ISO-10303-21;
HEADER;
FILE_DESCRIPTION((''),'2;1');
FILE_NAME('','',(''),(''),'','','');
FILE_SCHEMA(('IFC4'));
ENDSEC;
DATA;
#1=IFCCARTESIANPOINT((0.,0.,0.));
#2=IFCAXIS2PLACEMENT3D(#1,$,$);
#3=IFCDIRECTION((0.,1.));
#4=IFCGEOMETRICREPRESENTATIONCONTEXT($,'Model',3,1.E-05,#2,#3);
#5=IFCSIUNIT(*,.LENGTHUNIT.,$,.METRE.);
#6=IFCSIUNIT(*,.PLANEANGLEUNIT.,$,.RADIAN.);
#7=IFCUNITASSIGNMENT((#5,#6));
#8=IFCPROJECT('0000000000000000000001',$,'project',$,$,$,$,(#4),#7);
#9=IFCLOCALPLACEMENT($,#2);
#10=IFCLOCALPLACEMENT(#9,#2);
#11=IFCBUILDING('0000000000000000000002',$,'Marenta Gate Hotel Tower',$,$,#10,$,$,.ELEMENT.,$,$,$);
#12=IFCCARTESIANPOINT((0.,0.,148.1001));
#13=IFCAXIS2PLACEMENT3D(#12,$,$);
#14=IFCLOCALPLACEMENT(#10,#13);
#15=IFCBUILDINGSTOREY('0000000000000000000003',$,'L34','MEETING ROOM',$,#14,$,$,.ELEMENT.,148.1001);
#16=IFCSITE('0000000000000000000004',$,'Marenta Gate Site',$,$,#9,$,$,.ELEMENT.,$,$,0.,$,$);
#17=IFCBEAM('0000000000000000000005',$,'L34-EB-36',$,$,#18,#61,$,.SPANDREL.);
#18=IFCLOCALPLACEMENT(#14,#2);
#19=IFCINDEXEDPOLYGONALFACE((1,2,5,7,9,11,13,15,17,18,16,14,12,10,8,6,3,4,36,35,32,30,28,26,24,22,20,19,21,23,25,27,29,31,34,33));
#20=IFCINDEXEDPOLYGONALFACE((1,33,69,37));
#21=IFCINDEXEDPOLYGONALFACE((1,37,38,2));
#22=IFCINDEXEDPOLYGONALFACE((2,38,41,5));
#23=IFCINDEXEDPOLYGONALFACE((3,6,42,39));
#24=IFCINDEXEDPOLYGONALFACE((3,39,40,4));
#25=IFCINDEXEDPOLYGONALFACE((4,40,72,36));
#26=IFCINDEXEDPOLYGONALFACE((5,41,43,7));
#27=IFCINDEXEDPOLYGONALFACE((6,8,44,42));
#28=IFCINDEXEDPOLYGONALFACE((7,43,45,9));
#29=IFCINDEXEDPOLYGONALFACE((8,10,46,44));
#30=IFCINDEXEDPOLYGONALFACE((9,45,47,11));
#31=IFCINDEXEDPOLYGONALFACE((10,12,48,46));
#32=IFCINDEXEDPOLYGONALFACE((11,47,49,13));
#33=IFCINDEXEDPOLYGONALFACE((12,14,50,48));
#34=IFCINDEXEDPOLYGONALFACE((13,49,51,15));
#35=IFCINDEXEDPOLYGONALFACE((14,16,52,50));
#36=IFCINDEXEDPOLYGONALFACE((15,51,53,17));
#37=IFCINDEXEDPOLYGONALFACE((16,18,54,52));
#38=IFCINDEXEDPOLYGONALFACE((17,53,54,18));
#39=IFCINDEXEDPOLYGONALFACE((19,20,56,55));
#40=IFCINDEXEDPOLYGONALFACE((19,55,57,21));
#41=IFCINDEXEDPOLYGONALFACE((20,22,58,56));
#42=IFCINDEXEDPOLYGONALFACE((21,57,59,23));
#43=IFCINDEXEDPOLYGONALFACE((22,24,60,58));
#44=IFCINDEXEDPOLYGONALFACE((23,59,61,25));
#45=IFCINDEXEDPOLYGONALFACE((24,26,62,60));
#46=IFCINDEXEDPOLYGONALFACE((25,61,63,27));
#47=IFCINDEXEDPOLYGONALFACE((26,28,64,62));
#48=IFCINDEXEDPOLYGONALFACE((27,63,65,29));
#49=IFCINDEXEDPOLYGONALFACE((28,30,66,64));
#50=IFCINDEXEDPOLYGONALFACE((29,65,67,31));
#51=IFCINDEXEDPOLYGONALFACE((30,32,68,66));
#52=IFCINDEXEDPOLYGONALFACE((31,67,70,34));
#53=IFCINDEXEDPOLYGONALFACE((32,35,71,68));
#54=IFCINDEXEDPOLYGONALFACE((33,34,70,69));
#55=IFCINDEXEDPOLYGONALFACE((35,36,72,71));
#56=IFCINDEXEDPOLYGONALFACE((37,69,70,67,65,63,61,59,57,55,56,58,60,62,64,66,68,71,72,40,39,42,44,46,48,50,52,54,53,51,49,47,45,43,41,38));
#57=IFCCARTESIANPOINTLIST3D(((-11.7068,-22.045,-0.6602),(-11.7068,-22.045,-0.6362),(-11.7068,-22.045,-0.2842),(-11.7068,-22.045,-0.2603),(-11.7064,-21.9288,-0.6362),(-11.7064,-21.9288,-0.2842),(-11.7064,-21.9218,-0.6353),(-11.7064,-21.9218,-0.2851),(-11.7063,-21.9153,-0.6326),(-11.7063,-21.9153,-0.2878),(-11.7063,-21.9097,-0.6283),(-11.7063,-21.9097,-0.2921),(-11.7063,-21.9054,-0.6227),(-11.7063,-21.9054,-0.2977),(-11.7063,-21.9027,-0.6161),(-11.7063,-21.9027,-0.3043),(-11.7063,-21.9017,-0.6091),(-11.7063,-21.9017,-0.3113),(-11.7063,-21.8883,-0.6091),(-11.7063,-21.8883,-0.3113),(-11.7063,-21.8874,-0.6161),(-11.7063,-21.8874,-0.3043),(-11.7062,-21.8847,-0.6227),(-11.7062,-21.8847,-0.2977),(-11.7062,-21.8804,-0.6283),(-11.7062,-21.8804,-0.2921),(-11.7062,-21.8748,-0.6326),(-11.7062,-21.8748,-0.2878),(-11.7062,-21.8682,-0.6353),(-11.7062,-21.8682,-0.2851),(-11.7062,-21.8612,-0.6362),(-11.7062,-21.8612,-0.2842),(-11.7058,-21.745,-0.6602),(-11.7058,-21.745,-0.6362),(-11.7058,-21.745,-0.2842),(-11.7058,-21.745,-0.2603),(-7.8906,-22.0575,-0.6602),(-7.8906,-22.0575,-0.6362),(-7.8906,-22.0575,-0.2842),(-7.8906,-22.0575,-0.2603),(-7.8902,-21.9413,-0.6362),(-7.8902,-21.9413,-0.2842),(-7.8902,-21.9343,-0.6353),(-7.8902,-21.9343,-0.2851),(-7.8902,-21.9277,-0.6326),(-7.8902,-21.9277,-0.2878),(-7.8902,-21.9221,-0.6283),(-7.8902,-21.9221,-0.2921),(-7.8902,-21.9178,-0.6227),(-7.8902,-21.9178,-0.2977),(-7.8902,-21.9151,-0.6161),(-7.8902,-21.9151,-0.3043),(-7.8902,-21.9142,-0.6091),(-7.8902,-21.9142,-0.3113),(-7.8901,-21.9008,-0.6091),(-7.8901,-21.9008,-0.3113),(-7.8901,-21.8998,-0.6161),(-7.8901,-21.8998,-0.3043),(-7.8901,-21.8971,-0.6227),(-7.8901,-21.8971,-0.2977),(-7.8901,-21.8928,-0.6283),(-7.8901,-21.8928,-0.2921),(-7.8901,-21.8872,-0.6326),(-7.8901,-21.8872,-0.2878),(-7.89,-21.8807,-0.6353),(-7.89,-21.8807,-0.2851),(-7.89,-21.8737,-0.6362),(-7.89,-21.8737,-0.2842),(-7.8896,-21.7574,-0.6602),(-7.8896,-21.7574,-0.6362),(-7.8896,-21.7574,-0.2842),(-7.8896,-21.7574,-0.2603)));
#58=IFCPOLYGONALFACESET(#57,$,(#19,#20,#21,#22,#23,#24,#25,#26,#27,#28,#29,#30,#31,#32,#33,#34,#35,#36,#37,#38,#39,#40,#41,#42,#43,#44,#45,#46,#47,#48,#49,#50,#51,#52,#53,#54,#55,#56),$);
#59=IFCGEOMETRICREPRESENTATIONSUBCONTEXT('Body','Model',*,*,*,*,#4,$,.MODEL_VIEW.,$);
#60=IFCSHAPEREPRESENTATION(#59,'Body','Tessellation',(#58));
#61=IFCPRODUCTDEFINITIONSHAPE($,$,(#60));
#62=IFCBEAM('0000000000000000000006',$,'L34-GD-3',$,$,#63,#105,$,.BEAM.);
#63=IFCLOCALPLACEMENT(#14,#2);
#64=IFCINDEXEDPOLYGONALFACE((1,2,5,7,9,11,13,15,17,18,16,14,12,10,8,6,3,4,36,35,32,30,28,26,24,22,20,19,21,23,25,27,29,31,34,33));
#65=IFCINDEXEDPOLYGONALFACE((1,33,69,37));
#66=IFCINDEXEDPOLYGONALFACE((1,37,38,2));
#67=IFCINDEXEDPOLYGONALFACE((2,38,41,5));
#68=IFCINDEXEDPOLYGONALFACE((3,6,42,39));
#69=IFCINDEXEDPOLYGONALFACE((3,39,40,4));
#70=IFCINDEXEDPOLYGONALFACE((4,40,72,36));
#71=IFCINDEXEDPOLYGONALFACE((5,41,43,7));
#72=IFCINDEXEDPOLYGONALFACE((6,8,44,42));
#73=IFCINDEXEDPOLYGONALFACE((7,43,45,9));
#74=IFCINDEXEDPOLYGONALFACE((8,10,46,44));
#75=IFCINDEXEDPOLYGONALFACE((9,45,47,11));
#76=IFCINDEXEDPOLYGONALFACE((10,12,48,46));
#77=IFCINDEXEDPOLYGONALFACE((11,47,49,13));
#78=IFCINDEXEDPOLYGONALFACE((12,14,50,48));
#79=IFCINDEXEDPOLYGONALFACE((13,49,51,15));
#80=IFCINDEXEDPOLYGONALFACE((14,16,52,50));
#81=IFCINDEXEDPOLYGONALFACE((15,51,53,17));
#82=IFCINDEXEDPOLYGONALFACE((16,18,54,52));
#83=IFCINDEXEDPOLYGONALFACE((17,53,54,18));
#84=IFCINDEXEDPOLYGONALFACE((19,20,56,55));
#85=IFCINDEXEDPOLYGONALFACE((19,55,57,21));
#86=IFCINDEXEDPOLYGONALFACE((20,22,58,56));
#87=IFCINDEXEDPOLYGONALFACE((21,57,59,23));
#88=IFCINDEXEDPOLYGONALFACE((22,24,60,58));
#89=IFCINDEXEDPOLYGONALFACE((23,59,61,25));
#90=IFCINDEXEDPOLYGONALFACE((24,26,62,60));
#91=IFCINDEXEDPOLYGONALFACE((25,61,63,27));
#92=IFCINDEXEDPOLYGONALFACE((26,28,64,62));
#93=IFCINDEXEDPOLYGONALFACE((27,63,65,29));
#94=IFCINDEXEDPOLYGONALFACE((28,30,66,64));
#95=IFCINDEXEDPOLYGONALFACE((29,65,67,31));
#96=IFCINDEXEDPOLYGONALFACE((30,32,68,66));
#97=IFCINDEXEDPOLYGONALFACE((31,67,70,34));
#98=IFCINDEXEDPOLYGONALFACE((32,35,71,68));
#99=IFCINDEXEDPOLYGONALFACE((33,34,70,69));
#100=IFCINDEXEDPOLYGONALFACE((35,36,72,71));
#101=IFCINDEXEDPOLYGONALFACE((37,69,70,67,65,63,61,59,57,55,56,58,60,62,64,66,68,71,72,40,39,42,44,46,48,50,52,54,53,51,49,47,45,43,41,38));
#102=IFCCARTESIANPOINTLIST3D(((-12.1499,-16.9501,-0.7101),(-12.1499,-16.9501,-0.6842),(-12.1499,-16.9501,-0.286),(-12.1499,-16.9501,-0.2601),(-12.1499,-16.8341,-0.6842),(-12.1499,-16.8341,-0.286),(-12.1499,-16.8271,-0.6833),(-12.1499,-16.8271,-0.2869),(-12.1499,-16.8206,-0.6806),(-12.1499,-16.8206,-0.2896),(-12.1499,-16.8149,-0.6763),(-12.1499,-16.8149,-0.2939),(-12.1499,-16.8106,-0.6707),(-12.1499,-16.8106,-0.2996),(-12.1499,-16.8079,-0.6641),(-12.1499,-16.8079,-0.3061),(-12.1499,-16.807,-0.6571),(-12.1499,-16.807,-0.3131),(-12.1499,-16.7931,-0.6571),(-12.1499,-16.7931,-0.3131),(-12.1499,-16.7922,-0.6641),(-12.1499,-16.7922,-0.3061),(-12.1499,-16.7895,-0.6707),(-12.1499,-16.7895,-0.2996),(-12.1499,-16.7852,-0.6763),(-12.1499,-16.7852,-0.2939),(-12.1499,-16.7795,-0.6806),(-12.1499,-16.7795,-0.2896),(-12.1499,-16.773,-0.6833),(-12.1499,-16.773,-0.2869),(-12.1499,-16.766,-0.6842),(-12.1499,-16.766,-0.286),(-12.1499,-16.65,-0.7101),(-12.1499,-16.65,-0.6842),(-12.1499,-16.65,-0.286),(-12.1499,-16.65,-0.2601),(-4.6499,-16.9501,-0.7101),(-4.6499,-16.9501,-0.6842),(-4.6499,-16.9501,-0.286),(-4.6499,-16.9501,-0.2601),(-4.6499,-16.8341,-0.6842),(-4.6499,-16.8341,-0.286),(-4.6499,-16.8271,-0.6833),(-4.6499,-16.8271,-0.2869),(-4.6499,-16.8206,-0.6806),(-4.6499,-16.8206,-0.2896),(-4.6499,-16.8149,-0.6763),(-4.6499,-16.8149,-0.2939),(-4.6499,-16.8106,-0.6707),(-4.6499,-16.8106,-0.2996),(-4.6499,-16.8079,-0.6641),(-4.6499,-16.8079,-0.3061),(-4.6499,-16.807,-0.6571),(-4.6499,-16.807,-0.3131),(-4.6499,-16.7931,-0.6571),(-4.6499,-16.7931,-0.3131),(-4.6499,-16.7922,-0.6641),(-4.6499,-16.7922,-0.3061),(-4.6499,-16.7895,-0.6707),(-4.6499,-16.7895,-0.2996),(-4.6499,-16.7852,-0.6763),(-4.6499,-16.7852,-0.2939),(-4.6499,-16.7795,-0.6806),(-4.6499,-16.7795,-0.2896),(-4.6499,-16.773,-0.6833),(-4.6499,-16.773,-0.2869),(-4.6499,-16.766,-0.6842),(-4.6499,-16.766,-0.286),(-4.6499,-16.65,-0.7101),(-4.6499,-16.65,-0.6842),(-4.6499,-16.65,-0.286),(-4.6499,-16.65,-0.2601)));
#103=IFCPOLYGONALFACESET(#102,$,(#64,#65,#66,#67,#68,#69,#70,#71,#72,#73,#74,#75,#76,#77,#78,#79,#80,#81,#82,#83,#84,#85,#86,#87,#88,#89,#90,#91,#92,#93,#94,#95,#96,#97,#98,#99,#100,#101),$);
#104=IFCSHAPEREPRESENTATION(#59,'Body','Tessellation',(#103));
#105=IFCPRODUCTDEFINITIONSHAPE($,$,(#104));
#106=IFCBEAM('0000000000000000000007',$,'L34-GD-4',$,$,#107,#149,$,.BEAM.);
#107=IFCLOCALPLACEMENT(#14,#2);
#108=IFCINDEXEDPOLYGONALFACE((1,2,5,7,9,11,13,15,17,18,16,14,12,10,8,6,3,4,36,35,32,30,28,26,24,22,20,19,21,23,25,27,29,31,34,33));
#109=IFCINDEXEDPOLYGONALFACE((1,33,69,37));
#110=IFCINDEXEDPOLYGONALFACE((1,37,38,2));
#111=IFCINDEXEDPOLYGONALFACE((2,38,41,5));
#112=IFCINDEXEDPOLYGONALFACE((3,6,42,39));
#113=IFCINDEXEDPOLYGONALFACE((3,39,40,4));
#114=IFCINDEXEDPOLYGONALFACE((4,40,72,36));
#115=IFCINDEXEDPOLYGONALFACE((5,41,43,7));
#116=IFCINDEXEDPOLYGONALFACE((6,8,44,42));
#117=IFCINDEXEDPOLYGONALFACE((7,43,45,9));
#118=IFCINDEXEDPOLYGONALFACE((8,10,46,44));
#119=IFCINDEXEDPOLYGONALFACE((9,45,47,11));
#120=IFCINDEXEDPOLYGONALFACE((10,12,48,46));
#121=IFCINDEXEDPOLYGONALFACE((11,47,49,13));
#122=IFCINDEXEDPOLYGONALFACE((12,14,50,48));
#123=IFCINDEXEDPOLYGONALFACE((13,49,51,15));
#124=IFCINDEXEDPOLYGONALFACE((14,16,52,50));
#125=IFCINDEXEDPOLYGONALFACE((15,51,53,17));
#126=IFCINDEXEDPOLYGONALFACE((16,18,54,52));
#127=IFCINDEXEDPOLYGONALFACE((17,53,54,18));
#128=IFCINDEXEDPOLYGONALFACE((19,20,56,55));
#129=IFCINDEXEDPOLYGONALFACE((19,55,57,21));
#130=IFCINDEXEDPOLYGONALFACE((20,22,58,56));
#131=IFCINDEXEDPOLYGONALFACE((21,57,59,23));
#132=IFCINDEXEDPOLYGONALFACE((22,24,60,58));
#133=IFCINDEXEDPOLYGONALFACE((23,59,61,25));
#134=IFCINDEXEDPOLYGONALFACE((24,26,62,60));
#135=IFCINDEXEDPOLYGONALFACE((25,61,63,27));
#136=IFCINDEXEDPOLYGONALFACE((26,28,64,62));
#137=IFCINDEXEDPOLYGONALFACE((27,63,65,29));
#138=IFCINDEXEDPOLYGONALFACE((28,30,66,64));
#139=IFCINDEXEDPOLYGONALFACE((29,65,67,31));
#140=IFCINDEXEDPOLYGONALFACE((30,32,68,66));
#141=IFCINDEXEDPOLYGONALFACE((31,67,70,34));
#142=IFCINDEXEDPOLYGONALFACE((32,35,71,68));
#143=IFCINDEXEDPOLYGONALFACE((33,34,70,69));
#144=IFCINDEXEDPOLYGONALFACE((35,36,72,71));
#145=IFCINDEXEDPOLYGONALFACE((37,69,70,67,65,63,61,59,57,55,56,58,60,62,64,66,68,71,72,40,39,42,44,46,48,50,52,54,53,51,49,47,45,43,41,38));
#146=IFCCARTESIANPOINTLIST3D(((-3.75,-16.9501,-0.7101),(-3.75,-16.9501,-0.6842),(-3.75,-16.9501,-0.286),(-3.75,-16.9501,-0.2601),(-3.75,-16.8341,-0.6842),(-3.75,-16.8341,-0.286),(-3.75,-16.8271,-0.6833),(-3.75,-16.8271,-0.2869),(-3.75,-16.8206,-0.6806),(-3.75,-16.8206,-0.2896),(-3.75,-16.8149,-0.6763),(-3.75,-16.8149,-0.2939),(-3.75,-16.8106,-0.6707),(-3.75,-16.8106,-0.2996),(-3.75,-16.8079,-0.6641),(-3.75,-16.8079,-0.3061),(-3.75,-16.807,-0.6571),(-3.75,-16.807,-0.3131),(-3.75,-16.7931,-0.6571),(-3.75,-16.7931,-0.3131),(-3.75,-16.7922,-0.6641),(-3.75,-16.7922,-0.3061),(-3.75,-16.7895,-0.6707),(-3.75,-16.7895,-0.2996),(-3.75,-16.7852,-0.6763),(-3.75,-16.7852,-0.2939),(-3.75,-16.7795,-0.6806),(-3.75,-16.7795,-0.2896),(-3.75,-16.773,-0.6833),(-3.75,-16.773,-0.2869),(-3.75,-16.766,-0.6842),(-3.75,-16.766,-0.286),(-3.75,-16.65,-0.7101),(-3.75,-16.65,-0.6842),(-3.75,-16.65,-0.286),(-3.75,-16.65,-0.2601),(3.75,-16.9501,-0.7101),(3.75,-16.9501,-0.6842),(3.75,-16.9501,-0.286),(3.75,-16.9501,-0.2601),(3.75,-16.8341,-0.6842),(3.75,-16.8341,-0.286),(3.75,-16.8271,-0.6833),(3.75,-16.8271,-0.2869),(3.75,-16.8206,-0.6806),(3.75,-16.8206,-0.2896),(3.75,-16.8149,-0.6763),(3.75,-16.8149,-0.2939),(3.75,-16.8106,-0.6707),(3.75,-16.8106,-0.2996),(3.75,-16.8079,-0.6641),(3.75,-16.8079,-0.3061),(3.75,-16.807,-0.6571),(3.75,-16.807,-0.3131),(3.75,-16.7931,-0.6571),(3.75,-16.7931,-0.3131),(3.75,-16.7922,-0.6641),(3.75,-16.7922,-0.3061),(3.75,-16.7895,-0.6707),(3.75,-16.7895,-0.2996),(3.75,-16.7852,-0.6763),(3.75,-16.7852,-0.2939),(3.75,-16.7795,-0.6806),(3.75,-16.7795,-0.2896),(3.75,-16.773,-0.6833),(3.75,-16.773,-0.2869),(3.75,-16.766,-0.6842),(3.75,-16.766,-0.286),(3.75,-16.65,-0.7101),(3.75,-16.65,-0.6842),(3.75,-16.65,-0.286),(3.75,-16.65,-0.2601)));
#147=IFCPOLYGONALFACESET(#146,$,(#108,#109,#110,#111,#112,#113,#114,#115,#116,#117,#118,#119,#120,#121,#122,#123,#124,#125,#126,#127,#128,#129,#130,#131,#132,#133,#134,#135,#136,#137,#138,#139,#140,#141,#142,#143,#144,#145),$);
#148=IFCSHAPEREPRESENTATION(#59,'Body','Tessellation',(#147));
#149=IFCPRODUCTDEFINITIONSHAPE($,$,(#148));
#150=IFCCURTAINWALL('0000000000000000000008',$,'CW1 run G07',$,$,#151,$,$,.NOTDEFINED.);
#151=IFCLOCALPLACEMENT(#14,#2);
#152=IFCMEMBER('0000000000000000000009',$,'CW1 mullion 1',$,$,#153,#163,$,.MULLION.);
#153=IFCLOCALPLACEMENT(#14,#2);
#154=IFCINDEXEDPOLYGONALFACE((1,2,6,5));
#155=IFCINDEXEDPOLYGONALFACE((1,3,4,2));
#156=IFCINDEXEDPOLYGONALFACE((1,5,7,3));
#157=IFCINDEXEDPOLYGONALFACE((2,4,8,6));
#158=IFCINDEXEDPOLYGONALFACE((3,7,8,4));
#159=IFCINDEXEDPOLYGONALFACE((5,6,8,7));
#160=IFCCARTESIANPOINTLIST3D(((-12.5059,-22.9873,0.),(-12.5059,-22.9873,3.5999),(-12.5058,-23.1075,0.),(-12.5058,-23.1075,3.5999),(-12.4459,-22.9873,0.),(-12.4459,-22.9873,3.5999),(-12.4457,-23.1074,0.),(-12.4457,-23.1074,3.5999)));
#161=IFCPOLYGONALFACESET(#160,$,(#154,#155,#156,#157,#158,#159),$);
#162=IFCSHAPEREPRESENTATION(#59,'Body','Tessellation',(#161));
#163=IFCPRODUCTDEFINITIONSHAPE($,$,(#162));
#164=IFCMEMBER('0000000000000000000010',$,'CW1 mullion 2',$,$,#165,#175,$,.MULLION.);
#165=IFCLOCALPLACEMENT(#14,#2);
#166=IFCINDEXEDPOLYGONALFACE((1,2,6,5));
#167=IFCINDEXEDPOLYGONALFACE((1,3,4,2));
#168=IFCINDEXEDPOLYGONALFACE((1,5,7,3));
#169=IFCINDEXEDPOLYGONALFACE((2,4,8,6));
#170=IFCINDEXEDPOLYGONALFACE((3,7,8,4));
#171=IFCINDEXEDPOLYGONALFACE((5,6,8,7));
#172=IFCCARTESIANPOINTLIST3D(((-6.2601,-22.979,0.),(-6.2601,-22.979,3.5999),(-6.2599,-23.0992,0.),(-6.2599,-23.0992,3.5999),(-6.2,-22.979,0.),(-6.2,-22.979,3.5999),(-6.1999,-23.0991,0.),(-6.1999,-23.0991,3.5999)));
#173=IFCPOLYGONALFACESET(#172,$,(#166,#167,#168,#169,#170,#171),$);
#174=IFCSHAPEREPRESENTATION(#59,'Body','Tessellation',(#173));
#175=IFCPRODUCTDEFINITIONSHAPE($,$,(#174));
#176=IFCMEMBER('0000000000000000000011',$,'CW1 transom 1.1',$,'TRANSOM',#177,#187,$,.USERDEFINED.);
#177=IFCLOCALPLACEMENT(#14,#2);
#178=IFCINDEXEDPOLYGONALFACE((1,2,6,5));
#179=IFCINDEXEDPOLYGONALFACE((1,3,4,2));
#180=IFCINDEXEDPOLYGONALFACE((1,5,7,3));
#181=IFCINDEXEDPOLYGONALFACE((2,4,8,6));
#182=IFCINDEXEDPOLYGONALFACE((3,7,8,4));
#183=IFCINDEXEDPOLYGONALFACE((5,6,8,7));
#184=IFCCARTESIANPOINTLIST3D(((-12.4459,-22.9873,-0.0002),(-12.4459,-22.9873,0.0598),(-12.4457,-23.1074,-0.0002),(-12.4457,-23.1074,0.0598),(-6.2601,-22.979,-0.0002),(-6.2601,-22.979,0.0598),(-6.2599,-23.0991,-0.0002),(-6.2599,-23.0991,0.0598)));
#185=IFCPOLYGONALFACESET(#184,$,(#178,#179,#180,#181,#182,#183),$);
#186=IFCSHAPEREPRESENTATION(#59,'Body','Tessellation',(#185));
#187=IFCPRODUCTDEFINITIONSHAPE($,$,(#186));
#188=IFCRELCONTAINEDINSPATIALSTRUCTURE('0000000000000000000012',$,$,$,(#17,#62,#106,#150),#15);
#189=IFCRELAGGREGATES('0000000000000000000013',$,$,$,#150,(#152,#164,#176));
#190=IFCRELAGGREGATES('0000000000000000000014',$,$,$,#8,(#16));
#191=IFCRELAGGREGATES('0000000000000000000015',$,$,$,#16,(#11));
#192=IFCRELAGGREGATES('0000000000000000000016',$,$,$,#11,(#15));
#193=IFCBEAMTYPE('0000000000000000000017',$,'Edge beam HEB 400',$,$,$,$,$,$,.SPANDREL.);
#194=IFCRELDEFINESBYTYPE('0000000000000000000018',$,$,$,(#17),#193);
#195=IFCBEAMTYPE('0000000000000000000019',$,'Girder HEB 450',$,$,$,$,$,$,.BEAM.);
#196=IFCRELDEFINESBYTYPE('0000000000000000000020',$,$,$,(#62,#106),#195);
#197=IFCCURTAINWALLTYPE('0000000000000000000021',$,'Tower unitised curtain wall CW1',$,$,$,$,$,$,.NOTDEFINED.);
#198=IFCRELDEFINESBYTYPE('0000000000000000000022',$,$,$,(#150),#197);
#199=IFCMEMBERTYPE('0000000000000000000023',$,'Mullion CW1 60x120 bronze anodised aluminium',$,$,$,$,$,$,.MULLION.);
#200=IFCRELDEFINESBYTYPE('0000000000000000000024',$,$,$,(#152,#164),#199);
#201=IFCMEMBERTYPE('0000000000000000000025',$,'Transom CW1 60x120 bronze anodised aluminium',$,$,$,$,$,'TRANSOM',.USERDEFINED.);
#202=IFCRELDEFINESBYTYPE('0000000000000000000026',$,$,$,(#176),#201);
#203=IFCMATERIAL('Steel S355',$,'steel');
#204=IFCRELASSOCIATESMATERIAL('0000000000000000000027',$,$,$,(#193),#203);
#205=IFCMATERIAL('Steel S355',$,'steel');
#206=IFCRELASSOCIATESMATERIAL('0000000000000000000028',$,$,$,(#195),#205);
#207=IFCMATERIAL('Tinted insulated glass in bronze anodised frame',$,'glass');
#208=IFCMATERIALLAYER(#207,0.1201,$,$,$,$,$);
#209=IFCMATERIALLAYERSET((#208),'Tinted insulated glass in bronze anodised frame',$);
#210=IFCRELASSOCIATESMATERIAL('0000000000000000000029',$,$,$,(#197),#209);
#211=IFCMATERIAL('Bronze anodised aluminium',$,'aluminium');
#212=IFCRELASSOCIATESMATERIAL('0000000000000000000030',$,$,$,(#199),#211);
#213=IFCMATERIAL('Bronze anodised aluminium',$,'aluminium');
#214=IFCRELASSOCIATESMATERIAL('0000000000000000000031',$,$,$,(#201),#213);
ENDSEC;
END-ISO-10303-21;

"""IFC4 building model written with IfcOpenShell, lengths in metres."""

from ifc_helpers import new_model, si_unit, direction, frame, origin, origin_2d, place, context, subcontext, project, spatial, rectangle, i_section, extrude, material, layer, layer_set, material_profile, profile_set, type_object, element, aggregate, save


model = new_model("IFC4")

# Units and contexts
model_context = context("Model", 3, precision=1e-05, world=origin(), true_north=direction((0.0, 1.0)))
body_context = subcontext(model_context, "Body", "Model", "MODEL_VIEW")
ifc_project = project(units=[si_unit("LENGTHUNIT", "METRE"), si_unit("PLANEANGLEUNIT", "RADIAN")], contexts=[model_context])

# Site, building, storey
site_placement = place(None, origin())
site = spatial("IfcSite", under=ifc_project, at=site_placement, Name="Marenta Gate Site", CompositionType="ELEMENT", RefElevation=0.0)
building_placement = place(site_placement, origin())
building = spatial("IfcBuilding", under=site, at=building_placement, Name="Marenta Gate Hotel Tower", CompositionType="ELEMENT")
storey_placement = place(building_placement, frame((0.0, 0.0, 148.1001)))
storey = spatial("IfcBuildingStorey", under=building, at=storey_placement, Name="L34", Description="MEETING ROOM", CompositionType="ELEMENT", Elevation=148.1001)

# Beams
ifc_material_1 = material(Name="Steel S355", Category="steel")
ifc_material_profile_1 = material_profile(ifc_material_1, i_section(OverallWidth=0.3, OverallDepth=0.3999, WebThickness=0.0134, FlangeThickness=0.0239, FilletRadius=0.0271, at=origin_2d()), Name="HEB 400")
ifc_profile_set_1 = profile_set([ifc_material_profile_1], Name="Steel S355")
beam_type_1 = type_object("IfcBeamType", Name="Edge beam HEB 400", PredefinedType="SPANDREL", material=ifc_profile_set_1)
beam_1_placement = place(storey_placement, frame((-7.8901, -21.9075, -0.4602), z_axis=(-0.999995, 0.003263, 0.0), x_axis=(-0.003263, -0.999995, 0.0)))
element("IfcBeam", 1, at=beam_1_placement, inside=storey, type_object=beam_type_1, Name="L34-EB-36", PredefinedType="SPANDREL", context=body_context, shape_type="SweptSolid", body=[
    extrude(i_section(OverallWidth=0.3, OverallDepth=0.3999, WebThickness=0.0134, FlangeThickness=0.0239, FilletRadius=0.0271, at=origin_2d()), origin(), (0.0, 0.0, 1.0), 3.8162),
])
ifc_material_2 = material(Name="Steel S355", Category="steel")
ifc_material_profile_2 = material_profile(ifc_material_2, i_section(OverallWidth=0.3, OverallDepth=0.45, WebThickness=0.0139, FlangeThickness=0.0259, FilletRadius=0.0271, at=origin_2d()), Name="HEB 450")
ifc_profile_set_2 = profile_set([ifc_material_profile_2], Name="Steel S355")
beam_type_2 = type_object("IfcBeamType", Name="Girder HEB 450", PredefinedType="BEAM", material=ifc_profile_set_2)
for number, where, z_axis, x_axis, name in (
    (2, (-12.1499, -16.8, -0.4851), (1.0, 0.0, 0.0), (0.0, 1.0, 0.0), "L34-GD-3"),
    (3, (-3.75, -16.8, -0.4851), (1.0, 0.0, 0.0), (0.0, 1.0, 0.0), "L34-GD-4"),
):
    element("IfcBeam", number, at=place(storey_placement, frame(where, z_axis=z_axis, x_axis=x_axis)), inside=storey, type_object=beam_type_2, Name=name, PredefinedType="BEAM", context=body_context, shape_type="SweptSolid", body=[
        extrude(i_section(OverallWidth=0.3, OverallDepth=0.45, WebThickness=0.0139, FlangeThickness=0.0259, FilletRadius=0.0271, at=origin_2d()), origin(), (0.0, 0.0, 1.0), 7.5),
    ])

# Curtain wall, members
ifc_material_3 = material(Name="Tinted insulated glass in bronze anodised frame", Category="glass")
ifc_layer_1 = layer(ifc_material_3, 0.1201)
ifc_layer_set_1 = layer_set([ifc_layer_1], Name="Tinted insulated glass in bronze anodised frame")
curtain_wall_type = type_object("IfcCurtainWallType", Name="Tower unitised curtain wall CW1", PredefinedType="NOTDEFINED", material=ifc_layer_set_1)
curtain_wall_1_placement = place(storey_placement, origin())
curtain_wall_1 = element("IfcCurtainWall", 4, at=curtain_wall_1_placement, inside=storey, type_object=curtain_wall_type, Name="CW1 run G07", PredefinedType="NOTDEFINED")
ifc_material_4 = material(Name="Bronze anodised aluminium", Category="aluminium")
ifc_material_profile_3 = material_profile(ifc_material_4, rectangle(XDim=0.1201, YDim=0.0601, at=origin_2d()), Name="Mullion CW1 60x120 bronze anodised aluminium")
ifc_profile_set_3 = profile_set([ifc_material_profile_3], Name="Bronze anodised aluminium")
member_type_1 = type_object("IfcMemberType", Name="Mullion CW1 60x120 bronze anodised aluminium", PredefinedType="MULLION", material=ifc_profile_set_3)
member_1_placement = place(storey_placement, frame((-12.4758, -23.0474, 0.0), z_axis=(0.0, 0.0, 1.0), x_axis=(-0.001362, 0.999999, 0.0)))
member_1 = element("IfcMember", 5, at=member_1_placement, type_object=member_type_1, Name="CW1 mullion 1", PredefinedType="MULLION", context=body_context, shape_type="SweptSolid", body=[
    extrude(rectangle(XDim=0.1201, YDim=0.0601, at=origin_2d()), origin(), (0.0, 0.0, 1.0), 3.5999),
])
member_2_placement = place(storey_placement, frame((-6.23, -23.0391, 0.0), z_axis=(0.0, 0.0, 1.0), x_axis=(-0.001362, 0.999999, 0.0)))
member_2 = element("IfcMember", 6, at=member_2_placement, type_object=member_type_1, Name="CW1 mullion 2", PredefinedType="MULLION", context=body_context, shape_type="SweptSolid", body=[
    extrude(rectangle(XDim=0.1201, YDim=0.0601, at=origin_2d()), origin(), (0.0, 0.0, 1.0), 3.5999),
])
ifc_material_5 = material(Name="Bronze anodised aluminium", Category="aluminium")
ifc_material_profile_4 = material_profile(ifc_material_5, rectangle(XDim=0.1201, YDim=0.0601, at=origin_2d()), Name="Transom CW1 60x120 bronze anodised aluminium")
ifc_profile_set_4 = profile_set([ifc_material_profile_4], Name="Bronze anodised aluminium")
member_type_2 = type_object("IfcMemberType", Name="Transom CW1 60x120 bronze anodised aluminium", ElementType="TRANSOM", PredefinedType="USERDEFINED", material=ifc_profile_set_4)
member_3_placement = place(storey_placement, frame((-12.4458, -23.0474, 0.0298), z_axis=(0.999999, 0.001342, 0.0), x_axis=(-0.001342, 0.999999, 0.0)))
member_3 = element("IfcMember", 7, at=member_3_placement, type_object=member_type_2, Name="CW1 transom 1.1", ObjectType="TRANSOM", PredefinedType="USERDEFINED", context=body_context, shape_type="SweptSolid", body=[
    extrude(rectangle(XDim=0.1201, YDim=0.0601, at=origin_2d()), origin(), (0.0, 0.0, 1.0), 6.1858),
])

aggregate(curtain_wall_1, [member_1, member_2, member_3])

save(model, "model.ifc")
